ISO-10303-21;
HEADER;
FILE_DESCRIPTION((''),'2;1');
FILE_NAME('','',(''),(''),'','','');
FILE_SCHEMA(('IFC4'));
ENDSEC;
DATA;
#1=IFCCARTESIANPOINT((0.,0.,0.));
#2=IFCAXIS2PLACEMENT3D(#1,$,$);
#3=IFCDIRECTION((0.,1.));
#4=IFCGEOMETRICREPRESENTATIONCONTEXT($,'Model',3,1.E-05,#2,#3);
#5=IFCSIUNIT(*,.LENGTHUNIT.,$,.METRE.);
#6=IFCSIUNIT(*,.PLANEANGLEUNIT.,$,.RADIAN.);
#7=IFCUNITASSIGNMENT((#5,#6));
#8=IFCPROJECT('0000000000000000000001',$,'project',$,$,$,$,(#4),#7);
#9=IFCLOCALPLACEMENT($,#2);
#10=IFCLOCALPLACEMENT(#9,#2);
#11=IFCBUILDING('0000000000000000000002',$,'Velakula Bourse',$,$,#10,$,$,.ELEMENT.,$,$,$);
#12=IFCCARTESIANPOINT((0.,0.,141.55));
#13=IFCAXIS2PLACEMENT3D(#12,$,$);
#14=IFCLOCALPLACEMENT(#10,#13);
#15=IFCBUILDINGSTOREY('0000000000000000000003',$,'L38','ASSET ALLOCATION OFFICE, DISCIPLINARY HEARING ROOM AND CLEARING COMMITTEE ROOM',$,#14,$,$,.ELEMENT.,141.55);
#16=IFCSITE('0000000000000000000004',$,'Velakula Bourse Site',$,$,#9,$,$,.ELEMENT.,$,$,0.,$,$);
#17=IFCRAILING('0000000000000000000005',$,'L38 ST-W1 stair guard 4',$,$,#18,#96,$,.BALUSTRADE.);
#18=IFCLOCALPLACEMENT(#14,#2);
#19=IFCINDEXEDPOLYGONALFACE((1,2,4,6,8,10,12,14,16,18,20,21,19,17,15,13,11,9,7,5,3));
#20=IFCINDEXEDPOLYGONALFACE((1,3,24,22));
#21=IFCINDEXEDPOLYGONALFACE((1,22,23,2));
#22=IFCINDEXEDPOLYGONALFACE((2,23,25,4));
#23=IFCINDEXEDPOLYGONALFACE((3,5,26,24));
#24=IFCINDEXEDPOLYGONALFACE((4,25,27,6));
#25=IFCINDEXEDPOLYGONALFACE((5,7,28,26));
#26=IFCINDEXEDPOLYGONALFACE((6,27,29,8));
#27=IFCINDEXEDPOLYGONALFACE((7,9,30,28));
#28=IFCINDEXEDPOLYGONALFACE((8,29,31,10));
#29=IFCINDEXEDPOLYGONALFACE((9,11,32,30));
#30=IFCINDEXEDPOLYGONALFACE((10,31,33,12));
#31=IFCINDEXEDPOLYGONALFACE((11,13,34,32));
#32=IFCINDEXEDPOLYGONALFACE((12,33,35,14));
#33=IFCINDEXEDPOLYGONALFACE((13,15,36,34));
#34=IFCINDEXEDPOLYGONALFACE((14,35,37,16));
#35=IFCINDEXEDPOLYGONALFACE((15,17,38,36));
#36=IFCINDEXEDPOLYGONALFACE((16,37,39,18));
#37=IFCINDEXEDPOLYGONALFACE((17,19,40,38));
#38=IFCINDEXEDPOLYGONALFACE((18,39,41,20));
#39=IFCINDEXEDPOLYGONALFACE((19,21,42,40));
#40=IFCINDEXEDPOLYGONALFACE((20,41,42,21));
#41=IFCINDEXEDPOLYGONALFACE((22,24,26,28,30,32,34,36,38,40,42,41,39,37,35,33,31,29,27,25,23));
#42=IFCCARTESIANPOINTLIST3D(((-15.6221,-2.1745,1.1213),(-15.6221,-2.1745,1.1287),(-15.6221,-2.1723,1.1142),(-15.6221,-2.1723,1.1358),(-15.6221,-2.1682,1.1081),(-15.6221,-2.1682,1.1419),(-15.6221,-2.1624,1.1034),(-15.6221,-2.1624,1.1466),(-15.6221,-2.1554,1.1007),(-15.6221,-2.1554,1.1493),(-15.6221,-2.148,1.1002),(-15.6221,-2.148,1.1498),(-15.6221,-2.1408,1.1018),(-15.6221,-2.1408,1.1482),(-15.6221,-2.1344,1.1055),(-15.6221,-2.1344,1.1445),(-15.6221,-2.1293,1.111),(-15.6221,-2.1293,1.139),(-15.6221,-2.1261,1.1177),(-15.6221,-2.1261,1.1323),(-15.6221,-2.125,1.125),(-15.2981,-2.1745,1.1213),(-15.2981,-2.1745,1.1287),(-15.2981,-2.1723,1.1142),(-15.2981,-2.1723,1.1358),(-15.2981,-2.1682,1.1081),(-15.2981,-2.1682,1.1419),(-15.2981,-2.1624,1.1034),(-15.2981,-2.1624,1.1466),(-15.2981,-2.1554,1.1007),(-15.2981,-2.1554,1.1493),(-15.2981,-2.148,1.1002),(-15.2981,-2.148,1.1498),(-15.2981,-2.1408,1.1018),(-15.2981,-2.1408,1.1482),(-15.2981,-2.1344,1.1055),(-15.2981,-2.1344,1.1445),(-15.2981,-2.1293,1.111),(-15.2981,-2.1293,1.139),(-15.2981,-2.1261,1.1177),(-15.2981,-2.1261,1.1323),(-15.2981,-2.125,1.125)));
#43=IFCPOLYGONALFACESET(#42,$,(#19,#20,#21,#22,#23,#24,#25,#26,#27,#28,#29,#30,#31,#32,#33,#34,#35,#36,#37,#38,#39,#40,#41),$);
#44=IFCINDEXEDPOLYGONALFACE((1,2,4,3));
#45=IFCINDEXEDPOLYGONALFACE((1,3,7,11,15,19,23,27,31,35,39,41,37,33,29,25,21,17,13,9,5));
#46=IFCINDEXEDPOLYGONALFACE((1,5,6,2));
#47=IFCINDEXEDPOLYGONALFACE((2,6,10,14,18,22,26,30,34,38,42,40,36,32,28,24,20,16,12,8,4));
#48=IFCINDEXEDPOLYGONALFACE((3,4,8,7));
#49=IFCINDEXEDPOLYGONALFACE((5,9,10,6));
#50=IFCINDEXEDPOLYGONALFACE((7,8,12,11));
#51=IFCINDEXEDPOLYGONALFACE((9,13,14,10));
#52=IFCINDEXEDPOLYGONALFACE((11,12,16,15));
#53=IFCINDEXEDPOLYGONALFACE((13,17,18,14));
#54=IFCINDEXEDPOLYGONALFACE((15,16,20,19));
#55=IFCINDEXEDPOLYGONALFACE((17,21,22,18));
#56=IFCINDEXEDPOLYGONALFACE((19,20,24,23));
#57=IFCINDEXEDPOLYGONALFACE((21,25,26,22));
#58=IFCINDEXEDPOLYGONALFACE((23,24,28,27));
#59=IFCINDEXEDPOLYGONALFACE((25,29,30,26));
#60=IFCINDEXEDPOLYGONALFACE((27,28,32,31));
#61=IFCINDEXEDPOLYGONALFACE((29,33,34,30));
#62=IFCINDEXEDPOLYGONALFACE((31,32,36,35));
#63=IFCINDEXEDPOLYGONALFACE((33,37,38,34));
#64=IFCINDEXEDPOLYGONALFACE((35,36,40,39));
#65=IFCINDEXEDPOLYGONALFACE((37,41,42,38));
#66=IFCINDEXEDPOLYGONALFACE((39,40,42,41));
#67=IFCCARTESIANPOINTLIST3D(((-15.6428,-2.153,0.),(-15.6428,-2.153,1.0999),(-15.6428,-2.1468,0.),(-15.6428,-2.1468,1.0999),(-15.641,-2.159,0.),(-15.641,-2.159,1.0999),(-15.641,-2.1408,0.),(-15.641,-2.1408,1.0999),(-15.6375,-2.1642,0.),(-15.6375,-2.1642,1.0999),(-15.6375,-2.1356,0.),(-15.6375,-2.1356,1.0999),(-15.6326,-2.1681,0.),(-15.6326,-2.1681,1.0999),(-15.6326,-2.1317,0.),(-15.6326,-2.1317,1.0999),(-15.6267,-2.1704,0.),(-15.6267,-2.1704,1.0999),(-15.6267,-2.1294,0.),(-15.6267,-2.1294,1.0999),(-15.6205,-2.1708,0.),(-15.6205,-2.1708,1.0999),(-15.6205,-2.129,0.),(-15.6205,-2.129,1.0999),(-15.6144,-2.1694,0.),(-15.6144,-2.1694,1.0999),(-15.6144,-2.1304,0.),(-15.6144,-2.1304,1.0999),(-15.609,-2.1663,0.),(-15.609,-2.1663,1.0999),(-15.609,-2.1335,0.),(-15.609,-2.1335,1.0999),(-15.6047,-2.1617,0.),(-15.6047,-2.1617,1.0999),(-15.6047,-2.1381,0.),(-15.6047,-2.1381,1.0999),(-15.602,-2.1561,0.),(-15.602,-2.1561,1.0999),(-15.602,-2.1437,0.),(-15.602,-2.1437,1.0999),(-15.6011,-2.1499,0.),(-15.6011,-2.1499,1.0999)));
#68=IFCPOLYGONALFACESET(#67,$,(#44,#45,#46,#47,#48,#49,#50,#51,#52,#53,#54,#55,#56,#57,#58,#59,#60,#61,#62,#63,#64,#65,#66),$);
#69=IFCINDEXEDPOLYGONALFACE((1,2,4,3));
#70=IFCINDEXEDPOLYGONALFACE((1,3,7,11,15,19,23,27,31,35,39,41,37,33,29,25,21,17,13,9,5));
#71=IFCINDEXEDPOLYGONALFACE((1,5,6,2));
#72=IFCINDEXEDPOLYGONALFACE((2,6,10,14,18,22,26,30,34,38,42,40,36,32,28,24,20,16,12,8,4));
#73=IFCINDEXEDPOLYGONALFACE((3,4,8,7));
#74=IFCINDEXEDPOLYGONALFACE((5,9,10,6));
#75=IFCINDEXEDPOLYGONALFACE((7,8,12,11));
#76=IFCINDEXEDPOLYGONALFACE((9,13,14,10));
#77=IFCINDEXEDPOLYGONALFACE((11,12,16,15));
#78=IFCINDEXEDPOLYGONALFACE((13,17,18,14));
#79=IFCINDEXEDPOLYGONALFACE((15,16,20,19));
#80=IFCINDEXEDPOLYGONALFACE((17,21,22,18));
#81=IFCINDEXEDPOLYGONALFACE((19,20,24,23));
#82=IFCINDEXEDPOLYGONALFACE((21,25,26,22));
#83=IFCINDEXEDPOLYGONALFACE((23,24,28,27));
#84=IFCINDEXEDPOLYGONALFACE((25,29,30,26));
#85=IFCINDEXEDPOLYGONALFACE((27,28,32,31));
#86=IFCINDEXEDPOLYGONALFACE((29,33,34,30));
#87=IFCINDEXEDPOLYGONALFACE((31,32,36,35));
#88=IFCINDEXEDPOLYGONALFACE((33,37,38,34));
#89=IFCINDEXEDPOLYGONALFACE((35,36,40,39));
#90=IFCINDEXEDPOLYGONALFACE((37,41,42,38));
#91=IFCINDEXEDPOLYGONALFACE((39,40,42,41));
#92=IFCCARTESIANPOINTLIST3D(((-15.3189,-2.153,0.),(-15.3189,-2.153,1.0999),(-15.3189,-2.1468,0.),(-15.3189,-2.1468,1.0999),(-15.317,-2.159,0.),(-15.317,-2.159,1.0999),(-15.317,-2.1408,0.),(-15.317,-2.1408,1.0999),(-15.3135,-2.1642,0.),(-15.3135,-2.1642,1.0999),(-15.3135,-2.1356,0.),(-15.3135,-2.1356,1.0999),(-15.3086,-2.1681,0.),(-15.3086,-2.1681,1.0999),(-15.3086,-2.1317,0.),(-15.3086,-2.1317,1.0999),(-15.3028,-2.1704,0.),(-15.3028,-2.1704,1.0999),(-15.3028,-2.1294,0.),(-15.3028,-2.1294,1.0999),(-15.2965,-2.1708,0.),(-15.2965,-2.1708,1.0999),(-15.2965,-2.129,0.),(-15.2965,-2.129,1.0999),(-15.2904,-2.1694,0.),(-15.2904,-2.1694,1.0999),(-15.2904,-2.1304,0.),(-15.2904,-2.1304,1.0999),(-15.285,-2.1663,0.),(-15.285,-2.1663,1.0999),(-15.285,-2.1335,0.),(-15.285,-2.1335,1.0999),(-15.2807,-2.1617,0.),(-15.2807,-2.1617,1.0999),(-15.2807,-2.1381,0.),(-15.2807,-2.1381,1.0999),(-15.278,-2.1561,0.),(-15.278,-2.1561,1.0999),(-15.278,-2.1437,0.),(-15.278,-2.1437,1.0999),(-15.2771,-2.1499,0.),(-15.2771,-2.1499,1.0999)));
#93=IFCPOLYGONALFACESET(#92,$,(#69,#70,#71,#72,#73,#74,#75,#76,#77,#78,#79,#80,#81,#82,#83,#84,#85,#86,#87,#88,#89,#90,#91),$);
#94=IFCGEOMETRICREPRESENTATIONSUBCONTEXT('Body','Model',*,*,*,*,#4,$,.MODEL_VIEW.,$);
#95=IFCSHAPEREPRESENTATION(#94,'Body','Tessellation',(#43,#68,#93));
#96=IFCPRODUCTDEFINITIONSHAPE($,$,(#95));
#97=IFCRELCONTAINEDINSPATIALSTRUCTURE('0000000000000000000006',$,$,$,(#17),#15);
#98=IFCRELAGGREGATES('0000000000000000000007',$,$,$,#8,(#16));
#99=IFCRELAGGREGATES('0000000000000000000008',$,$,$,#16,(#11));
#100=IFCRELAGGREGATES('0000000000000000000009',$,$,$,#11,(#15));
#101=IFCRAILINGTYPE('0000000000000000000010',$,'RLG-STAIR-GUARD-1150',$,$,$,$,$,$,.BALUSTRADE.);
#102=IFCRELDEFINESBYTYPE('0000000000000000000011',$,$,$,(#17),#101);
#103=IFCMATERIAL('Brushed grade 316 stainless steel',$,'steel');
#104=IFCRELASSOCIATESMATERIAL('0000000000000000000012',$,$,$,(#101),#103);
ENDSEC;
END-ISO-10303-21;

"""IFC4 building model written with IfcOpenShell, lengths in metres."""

from ifc_helpers import new_model, si_unit, direction, frame, origin, origin_2d, place, context, subcontext, project, spatial, circle, extrude, material, type_object, element, save


model = new_model("IFC4")

# Units and contexts
model_context = context("Model", 3, precision=1e-05, world=origin(), true_north=direction((0.0, 1.0)))
body_context = subcontext(model_context, "Body", "Model", "MODEL_VIEW")
ifc_project = project(units=[si_unit("LENGTHUNIT", "METRE"), si_unit("PLANEANGLEUNIT", "RADIAN")], contexts=[model_context])

# Site, building, storey
site_placement = place(None, origin())
site = spatial("IfcSite", under=ifc_project, at=site_placement, Name="Velakula Bourse Site", CompositionType="ELEMENT", RefElevation=0.0)
building_placement = place(site_placement, origin())
building = spatial("IfcBuilding", under=site, at=building_placement, Name="Velakula Bourse", CompositionType="ELEMENT")
storey_placement = place(building_placement, frame((0.0, 0.0, 141.55)))
storey = spatial("IfcBuildingStorey", under=building, at=storey_placement, Name="L38", Description="ASSET ALLOCATION OFFICE, DISCIPLINARY HEARING ROOM AND CLEARING COMMITTEE ROOM", CompositionType="ELEMENT", Elevation=141.55)

# Shared definitions
ifc_material_1 = material(Name="Brushed grade 316 stainless steel", Category="steel")

# Railing
railing_type_1 = type_object("IfcRailingType", Name="RLG-STAIR-GUARD-1150", PredefinedType="BALUSTRADE", material=ifc_material_1)
railing_1_placement = place(storey_placement, frame((-15.6221, -2.1499, 0.0)))
element("IfcRailing", 1, at=railing_1_placement, inside=storey, type_object=railing_type_1, Name="L38 ST-W1 stair guard 4", PredefinedType="BALUSTRADE", context=body_context, shape_type="SweptSolid", body=[
    extrude(circle(Radius=0.0249, at=origin_2d()), frame((0.0, 0.0, 1.125), z_axis=(1.0, 0.0, 0.0), x_axis=(0.0, 1.0, 0.0)), (0.0, 0.0, 1.0), 0.324),
    extrude(circle(Radius=0.021, at=origin_2d()), origin(), (0.0, 0.0, 1.0), 1.0999),
    extrude(circle(Radius=0.021, at=origin_2d()), frame((0.324, 0.0, 0.0)), (0.0, 0.0, 1.0), 1.0999),
])

save(model, "model.ifc")
